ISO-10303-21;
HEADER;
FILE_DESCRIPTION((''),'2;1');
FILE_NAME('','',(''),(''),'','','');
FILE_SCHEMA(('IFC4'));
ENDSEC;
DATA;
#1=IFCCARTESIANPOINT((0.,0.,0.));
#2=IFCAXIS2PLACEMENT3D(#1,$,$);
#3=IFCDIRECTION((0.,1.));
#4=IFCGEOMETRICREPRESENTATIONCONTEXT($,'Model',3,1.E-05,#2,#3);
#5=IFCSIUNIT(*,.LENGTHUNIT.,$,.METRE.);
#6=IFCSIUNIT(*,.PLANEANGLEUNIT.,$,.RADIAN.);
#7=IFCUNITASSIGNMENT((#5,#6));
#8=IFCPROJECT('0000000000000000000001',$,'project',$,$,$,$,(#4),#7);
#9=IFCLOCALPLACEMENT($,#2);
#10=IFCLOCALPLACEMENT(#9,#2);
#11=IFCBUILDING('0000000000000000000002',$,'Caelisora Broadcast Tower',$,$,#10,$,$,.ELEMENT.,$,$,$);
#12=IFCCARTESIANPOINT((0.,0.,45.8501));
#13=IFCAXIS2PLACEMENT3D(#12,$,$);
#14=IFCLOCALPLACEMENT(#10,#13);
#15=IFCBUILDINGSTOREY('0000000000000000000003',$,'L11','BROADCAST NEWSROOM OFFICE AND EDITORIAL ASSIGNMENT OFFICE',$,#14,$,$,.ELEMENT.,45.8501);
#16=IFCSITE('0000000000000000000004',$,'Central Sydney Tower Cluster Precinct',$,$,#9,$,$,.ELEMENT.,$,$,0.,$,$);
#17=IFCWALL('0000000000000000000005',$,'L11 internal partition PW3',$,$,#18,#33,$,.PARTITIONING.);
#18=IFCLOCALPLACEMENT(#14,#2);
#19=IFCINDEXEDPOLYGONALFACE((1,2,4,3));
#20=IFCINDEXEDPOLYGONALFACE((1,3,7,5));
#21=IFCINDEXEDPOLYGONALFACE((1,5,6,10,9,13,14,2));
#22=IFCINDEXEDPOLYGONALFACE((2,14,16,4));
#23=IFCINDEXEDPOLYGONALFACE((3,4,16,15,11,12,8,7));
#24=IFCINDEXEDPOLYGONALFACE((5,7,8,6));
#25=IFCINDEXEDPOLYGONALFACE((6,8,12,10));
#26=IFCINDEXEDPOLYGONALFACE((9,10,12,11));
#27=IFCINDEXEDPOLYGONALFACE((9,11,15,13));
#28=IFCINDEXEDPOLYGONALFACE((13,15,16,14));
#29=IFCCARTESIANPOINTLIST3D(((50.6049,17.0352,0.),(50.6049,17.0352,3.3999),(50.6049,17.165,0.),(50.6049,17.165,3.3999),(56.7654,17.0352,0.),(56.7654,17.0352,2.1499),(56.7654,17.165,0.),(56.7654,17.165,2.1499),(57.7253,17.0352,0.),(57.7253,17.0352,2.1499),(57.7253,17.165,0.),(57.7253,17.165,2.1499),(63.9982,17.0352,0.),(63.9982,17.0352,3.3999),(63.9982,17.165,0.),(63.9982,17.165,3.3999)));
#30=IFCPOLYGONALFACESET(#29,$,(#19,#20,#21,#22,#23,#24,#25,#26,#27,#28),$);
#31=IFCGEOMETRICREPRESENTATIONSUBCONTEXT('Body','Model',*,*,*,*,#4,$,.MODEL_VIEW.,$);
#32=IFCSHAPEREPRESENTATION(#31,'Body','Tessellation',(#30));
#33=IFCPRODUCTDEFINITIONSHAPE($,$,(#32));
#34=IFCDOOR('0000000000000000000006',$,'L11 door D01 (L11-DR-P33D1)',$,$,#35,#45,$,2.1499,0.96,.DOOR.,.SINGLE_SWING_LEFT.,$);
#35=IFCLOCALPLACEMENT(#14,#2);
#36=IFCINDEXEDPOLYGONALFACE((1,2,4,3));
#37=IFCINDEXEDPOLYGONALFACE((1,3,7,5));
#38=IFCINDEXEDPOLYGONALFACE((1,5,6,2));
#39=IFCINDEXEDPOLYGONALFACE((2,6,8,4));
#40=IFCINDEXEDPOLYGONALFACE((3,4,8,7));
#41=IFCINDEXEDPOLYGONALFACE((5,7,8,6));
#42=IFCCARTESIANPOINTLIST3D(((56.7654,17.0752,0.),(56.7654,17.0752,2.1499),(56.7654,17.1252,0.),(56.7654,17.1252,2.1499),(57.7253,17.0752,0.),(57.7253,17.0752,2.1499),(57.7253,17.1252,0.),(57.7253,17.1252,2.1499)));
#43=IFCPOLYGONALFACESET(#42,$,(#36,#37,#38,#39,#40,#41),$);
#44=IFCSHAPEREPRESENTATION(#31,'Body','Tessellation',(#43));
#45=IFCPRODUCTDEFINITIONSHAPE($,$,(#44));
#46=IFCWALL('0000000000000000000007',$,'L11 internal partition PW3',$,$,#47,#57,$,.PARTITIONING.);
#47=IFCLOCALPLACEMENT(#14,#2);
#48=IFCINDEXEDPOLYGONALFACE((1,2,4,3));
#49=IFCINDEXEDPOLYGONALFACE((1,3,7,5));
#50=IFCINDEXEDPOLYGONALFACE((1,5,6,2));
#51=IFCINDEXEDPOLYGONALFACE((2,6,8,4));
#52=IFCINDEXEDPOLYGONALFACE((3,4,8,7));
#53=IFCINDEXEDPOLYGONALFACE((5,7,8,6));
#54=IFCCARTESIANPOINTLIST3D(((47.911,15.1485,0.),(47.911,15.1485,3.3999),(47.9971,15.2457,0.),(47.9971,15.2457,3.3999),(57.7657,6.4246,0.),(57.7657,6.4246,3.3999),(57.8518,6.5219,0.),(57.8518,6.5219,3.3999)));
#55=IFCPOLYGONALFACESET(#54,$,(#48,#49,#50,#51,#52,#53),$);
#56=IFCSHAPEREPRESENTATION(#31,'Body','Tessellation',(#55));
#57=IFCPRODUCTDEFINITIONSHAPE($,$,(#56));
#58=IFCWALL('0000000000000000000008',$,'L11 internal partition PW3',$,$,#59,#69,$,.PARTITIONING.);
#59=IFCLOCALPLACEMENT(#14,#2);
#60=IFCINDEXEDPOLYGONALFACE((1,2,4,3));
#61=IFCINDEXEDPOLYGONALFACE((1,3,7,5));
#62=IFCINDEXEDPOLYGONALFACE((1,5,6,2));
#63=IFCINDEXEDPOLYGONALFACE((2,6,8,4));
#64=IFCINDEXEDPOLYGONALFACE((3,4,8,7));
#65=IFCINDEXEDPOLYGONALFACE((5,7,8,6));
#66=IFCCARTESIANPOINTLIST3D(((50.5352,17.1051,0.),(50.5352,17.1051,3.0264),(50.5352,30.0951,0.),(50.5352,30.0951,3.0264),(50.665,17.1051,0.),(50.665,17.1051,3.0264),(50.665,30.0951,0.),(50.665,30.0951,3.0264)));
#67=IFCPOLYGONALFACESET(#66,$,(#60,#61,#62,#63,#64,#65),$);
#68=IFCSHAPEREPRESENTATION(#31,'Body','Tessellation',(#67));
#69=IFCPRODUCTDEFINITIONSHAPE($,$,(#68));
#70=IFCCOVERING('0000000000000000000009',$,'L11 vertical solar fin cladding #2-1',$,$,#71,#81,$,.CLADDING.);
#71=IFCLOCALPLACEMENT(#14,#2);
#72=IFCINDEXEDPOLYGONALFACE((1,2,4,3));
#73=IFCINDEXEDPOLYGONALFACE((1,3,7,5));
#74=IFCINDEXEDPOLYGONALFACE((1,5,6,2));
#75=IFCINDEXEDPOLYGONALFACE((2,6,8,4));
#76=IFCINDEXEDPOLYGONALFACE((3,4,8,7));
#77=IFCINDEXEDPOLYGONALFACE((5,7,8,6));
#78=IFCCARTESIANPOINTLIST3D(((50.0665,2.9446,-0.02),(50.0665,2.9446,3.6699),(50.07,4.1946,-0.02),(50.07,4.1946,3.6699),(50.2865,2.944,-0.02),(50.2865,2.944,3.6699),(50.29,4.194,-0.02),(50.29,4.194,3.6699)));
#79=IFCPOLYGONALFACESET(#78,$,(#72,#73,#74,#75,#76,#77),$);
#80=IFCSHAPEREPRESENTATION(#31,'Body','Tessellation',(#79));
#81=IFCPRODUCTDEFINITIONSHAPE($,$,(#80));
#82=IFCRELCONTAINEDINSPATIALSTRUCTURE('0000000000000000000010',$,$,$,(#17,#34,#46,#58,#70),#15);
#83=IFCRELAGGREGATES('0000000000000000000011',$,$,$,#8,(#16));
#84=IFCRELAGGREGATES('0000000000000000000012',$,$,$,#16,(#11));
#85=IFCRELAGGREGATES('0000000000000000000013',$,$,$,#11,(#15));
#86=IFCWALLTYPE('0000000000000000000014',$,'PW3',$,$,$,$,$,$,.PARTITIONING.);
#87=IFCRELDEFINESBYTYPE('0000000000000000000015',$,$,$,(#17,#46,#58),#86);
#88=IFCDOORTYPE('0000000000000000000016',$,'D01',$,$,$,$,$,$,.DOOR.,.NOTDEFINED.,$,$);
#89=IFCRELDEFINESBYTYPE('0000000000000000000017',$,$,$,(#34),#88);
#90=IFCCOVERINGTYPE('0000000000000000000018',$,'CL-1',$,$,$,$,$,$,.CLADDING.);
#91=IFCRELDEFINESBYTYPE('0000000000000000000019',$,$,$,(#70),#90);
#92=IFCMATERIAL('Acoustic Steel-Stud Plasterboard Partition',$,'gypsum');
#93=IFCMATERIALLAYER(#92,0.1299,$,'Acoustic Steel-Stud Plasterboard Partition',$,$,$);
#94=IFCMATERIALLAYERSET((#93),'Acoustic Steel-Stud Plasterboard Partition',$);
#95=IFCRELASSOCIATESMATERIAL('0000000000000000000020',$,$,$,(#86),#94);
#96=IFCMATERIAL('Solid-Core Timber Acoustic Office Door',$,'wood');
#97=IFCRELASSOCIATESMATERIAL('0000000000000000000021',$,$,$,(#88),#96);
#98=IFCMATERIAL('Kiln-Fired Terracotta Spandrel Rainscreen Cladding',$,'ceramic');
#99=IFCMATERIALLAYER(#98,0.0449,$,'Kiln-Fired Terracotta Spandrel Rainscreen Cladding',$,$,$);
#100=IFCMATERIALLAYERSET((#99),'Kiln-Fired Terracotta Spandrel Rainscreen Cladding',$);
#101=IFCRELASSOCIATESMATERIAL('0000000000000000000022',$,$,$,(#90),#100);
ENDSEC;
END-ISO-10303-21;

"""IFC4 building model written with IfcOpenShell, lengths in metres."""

from ifc_helpers import new_model, si_unit, direction, frame, frame_2d, origin, origin_2d, place, context, subcontext, project, spatial, rectangle, extrude, source, transform, mapped, material, layer, layer_set, type_object, type_shapes, element, fill, save


model = new_model("IFC4")

# Units and contexts
model_context = context("Model", 3, precision=1e-05, world=origin(), true_north=direction((0.0, 1.0)))
body_context = subcontext(model_context, "Body", "Model", "MODEL_VIEW")
ifc_project = project(units=[si_unit("LENGTHUNIT", "METRE"), si_unit("PLANEANGLEUNIT", "RADIAN")], contexts=[model_context])

# Site, building, storey
site_placement = place(None, origin())
site = spatial("IfcSite", under=ifc_project, at=site_placement, Name="Central Sydney Tower Cluster Precinct", CompositionType="ELEMENT", RefElevation=0.0)
building_placement = place(site_placement, origin())
building = spatial("IfcBuilding", under=site, at=building_placement, Name="Caelisora Broadcast Tower", CompositionType="ELEMENT")
storey_placement = place(building_placement, frame((0.0, 0.0, 45.8501)))
storey = spatial("IfcBuildingStorey", under=building, at=storey_placement, Name="L11", Description="BROADCAST NEWSROOM OFFICE AND EDITORIAL ASSIGNMENT OFFICE", CompositionType="ELEMENT", Elevation=45.8501)

# Wall, opening, door
ifc_material_1 = material(Name="Acoustic Steel-Stud Plasterboard Partition", Category="gypsum")
ifc_layer_1 = layer(ifc_material_1, 0.1299, Name="Acoustic Steel-Stud Plasterboard Partition")
ifc_layer_set_1 = layer_set([ifc_layer_1], Name="Acoustic Steel-Stud Plasterboard Partition")
wall_type = type_object("IfcWallType", Name="PW3", PredefinedType="PARTITIONING", material=ifc_layer_set_1)
ifc_material_2 = material(Name="Solid-Core Timber Acoustic Office Door", Category="wood")
door_type = type_object("IfcDoorType", Name="D01", OperationType="NOTDEFINED", PredefinedType="DOOR", material=ifc_material_2)
wall_1_placement = place(storey_placement, frame((63.9983, 17.1001, 0.0), z_axis=(0.0, 0.0, 1.0), x_axis=(-1.0, 0.0, 0.0)))
wall_1 = element("IfcWall", 1, at=wall_1_placement, inside=storey, type_object=wall_type, Name="L11 internal partition PW3", PredefinedType="PARTITIONING", context=body_context, shape_type="SweptSolid", body=[
    extrude(rectangle(XDim=13.3933, YDim=0.1299, at=frame_2d((6.6968, 0.0))), origin(), (0.0, 0.0, 1.0), 3.3999),
])
opening_1_placement = place(wall_1_placement, frame((6.2729, 0.0, 0.0)))
opening_1 = element("IfcOpeningElement", 2, at=opening_1_placement, cuts=wall_1, PredefinedType="OPENING", context=body_context, shape_type="SweptSolid", body=[
    extrude(rectangle(XDim=0.96, YDim=2.1499, at=frame_2d((0.48, 1.075))), frame((0.0, 0.0769, 0.0), z_axis=(0.0, -1.0, 0.0), x_axis=(1.0, 0.0, 0.0)), (0.0, 0.0, 1.0), 0.1538),
])
door_1_placement = place(opening_1_placement, origin())
door_1 = element("IfcDoor", 3, at=door_1_placement, inside=storey, type_object=door_type, Name="L11 door D01 (L11-DR-P33D1)", OperationType="SINGLE_SWING_LEFT", OverallHeight=2.1499, OverallWidth=0.96, PredefinedType="DOOR", context=body_context, shape_type="SweptSolid", body=[
    extrude(rectangle(XDim=0.96, YDim=2.1499, at=frame_2d((0.48, 1.075))), frame((0.0, 0.0249, 0.0), z_axis=(0.0, -1.0, 0.0), x_axis=(1.0, 0.0, 0.0)), (0.0, 0.0, 1.0), 0.05),
])
fill(opening_1, door_1)

# Walls
wall_2_placement = place(storey_placement, frame((47.9541, 15.197, 0.0), z_axis=(0.0, 0.0, 1.0), x_axis=(0.748762, -0.662839, 0.0)))
element("IfcWall", 4, at=wall_2_placement, inside=storey, type_object=wall_type, Name="L11 internal partition PW3", PredefinedType="PARTITIONING", context=body_context, shape_type="SweptSolid", body=[
    extrude(rectangle(XDim=13.1614, YDim=0.1299, at=frame_2d((6.5806, 0.0))), origin(), (0.0, 0.0, 1.0), 3.3999),
])
wall_3_placement = place(storey_placement, frame((50.6001, 17.105, 0.0), z_axis=(0.0, 0.0, 1.0), x_axis=(0.0, 1.0, 0.0)))
element("IfcWall", 5, at=wall_3_placement, inside=storey, type_object=wall_type, Name="L11 internal partition PW3", PredefinedType="PARTITIONING", context=body_context, shape_type="SweptSolid", body=[
    extrude(rectangle(XDim=12.99, YDim=0.1299, at=frame_2d((6.4951, 0.0))), origin(), (0.0, 0.0, 1.0), 3.0264),
])

# Covering
ifc_material_3 = material(Name="Kiln-Fired Terracotta Spandrel Rainscreen Cladding", Category="ceramic")
ifc_layer_2 = layer(ifc_material_3, 0.0449, Name="Kiln-Fired Terracotta Spandrel Rainscreen Cladding")
ifc_layer_set_2 = layer_set([ifc_layer_2], Name="Kiln-Fired Terracotta Spandrel Rainscreen Cladding")
covering_type = type_object("IfcCoveringType", Name="CL-1", PredefinedType="CLADDING", material=ifc_layer_set_2)
shared_shape_1 = source(origin(), body_context, "Body", "SweptSolid", [
    extrude(rectangle(XDim=0.22, YDim=1.25, at=origin_2d()), origin(), (0.0, 0.0, 1.0), 3.6899),
])
type_shapes(covering_type, [shared_shape_1])
covering_placement = place(storey_placement, frame((50.1782, 3.5693, -0.02), z_axis=(0.0, 0.0, 1.0), x_axis=(-0.999996, 0.002793, 0.0)))
element("IfcCovering", 6, at=covering_placement, inside=storey, type_object=covering_type, Name="L11 vertical solar fin cladding #2-1", PredefinedType="CLADDING", context=body_context, shape_type="MappedRepresentation", body=[
    mapped(shared_shape_1, transform((0.0, 0.0, 0.0), scale=1.0)),
])

save(model, "model.ifc")
